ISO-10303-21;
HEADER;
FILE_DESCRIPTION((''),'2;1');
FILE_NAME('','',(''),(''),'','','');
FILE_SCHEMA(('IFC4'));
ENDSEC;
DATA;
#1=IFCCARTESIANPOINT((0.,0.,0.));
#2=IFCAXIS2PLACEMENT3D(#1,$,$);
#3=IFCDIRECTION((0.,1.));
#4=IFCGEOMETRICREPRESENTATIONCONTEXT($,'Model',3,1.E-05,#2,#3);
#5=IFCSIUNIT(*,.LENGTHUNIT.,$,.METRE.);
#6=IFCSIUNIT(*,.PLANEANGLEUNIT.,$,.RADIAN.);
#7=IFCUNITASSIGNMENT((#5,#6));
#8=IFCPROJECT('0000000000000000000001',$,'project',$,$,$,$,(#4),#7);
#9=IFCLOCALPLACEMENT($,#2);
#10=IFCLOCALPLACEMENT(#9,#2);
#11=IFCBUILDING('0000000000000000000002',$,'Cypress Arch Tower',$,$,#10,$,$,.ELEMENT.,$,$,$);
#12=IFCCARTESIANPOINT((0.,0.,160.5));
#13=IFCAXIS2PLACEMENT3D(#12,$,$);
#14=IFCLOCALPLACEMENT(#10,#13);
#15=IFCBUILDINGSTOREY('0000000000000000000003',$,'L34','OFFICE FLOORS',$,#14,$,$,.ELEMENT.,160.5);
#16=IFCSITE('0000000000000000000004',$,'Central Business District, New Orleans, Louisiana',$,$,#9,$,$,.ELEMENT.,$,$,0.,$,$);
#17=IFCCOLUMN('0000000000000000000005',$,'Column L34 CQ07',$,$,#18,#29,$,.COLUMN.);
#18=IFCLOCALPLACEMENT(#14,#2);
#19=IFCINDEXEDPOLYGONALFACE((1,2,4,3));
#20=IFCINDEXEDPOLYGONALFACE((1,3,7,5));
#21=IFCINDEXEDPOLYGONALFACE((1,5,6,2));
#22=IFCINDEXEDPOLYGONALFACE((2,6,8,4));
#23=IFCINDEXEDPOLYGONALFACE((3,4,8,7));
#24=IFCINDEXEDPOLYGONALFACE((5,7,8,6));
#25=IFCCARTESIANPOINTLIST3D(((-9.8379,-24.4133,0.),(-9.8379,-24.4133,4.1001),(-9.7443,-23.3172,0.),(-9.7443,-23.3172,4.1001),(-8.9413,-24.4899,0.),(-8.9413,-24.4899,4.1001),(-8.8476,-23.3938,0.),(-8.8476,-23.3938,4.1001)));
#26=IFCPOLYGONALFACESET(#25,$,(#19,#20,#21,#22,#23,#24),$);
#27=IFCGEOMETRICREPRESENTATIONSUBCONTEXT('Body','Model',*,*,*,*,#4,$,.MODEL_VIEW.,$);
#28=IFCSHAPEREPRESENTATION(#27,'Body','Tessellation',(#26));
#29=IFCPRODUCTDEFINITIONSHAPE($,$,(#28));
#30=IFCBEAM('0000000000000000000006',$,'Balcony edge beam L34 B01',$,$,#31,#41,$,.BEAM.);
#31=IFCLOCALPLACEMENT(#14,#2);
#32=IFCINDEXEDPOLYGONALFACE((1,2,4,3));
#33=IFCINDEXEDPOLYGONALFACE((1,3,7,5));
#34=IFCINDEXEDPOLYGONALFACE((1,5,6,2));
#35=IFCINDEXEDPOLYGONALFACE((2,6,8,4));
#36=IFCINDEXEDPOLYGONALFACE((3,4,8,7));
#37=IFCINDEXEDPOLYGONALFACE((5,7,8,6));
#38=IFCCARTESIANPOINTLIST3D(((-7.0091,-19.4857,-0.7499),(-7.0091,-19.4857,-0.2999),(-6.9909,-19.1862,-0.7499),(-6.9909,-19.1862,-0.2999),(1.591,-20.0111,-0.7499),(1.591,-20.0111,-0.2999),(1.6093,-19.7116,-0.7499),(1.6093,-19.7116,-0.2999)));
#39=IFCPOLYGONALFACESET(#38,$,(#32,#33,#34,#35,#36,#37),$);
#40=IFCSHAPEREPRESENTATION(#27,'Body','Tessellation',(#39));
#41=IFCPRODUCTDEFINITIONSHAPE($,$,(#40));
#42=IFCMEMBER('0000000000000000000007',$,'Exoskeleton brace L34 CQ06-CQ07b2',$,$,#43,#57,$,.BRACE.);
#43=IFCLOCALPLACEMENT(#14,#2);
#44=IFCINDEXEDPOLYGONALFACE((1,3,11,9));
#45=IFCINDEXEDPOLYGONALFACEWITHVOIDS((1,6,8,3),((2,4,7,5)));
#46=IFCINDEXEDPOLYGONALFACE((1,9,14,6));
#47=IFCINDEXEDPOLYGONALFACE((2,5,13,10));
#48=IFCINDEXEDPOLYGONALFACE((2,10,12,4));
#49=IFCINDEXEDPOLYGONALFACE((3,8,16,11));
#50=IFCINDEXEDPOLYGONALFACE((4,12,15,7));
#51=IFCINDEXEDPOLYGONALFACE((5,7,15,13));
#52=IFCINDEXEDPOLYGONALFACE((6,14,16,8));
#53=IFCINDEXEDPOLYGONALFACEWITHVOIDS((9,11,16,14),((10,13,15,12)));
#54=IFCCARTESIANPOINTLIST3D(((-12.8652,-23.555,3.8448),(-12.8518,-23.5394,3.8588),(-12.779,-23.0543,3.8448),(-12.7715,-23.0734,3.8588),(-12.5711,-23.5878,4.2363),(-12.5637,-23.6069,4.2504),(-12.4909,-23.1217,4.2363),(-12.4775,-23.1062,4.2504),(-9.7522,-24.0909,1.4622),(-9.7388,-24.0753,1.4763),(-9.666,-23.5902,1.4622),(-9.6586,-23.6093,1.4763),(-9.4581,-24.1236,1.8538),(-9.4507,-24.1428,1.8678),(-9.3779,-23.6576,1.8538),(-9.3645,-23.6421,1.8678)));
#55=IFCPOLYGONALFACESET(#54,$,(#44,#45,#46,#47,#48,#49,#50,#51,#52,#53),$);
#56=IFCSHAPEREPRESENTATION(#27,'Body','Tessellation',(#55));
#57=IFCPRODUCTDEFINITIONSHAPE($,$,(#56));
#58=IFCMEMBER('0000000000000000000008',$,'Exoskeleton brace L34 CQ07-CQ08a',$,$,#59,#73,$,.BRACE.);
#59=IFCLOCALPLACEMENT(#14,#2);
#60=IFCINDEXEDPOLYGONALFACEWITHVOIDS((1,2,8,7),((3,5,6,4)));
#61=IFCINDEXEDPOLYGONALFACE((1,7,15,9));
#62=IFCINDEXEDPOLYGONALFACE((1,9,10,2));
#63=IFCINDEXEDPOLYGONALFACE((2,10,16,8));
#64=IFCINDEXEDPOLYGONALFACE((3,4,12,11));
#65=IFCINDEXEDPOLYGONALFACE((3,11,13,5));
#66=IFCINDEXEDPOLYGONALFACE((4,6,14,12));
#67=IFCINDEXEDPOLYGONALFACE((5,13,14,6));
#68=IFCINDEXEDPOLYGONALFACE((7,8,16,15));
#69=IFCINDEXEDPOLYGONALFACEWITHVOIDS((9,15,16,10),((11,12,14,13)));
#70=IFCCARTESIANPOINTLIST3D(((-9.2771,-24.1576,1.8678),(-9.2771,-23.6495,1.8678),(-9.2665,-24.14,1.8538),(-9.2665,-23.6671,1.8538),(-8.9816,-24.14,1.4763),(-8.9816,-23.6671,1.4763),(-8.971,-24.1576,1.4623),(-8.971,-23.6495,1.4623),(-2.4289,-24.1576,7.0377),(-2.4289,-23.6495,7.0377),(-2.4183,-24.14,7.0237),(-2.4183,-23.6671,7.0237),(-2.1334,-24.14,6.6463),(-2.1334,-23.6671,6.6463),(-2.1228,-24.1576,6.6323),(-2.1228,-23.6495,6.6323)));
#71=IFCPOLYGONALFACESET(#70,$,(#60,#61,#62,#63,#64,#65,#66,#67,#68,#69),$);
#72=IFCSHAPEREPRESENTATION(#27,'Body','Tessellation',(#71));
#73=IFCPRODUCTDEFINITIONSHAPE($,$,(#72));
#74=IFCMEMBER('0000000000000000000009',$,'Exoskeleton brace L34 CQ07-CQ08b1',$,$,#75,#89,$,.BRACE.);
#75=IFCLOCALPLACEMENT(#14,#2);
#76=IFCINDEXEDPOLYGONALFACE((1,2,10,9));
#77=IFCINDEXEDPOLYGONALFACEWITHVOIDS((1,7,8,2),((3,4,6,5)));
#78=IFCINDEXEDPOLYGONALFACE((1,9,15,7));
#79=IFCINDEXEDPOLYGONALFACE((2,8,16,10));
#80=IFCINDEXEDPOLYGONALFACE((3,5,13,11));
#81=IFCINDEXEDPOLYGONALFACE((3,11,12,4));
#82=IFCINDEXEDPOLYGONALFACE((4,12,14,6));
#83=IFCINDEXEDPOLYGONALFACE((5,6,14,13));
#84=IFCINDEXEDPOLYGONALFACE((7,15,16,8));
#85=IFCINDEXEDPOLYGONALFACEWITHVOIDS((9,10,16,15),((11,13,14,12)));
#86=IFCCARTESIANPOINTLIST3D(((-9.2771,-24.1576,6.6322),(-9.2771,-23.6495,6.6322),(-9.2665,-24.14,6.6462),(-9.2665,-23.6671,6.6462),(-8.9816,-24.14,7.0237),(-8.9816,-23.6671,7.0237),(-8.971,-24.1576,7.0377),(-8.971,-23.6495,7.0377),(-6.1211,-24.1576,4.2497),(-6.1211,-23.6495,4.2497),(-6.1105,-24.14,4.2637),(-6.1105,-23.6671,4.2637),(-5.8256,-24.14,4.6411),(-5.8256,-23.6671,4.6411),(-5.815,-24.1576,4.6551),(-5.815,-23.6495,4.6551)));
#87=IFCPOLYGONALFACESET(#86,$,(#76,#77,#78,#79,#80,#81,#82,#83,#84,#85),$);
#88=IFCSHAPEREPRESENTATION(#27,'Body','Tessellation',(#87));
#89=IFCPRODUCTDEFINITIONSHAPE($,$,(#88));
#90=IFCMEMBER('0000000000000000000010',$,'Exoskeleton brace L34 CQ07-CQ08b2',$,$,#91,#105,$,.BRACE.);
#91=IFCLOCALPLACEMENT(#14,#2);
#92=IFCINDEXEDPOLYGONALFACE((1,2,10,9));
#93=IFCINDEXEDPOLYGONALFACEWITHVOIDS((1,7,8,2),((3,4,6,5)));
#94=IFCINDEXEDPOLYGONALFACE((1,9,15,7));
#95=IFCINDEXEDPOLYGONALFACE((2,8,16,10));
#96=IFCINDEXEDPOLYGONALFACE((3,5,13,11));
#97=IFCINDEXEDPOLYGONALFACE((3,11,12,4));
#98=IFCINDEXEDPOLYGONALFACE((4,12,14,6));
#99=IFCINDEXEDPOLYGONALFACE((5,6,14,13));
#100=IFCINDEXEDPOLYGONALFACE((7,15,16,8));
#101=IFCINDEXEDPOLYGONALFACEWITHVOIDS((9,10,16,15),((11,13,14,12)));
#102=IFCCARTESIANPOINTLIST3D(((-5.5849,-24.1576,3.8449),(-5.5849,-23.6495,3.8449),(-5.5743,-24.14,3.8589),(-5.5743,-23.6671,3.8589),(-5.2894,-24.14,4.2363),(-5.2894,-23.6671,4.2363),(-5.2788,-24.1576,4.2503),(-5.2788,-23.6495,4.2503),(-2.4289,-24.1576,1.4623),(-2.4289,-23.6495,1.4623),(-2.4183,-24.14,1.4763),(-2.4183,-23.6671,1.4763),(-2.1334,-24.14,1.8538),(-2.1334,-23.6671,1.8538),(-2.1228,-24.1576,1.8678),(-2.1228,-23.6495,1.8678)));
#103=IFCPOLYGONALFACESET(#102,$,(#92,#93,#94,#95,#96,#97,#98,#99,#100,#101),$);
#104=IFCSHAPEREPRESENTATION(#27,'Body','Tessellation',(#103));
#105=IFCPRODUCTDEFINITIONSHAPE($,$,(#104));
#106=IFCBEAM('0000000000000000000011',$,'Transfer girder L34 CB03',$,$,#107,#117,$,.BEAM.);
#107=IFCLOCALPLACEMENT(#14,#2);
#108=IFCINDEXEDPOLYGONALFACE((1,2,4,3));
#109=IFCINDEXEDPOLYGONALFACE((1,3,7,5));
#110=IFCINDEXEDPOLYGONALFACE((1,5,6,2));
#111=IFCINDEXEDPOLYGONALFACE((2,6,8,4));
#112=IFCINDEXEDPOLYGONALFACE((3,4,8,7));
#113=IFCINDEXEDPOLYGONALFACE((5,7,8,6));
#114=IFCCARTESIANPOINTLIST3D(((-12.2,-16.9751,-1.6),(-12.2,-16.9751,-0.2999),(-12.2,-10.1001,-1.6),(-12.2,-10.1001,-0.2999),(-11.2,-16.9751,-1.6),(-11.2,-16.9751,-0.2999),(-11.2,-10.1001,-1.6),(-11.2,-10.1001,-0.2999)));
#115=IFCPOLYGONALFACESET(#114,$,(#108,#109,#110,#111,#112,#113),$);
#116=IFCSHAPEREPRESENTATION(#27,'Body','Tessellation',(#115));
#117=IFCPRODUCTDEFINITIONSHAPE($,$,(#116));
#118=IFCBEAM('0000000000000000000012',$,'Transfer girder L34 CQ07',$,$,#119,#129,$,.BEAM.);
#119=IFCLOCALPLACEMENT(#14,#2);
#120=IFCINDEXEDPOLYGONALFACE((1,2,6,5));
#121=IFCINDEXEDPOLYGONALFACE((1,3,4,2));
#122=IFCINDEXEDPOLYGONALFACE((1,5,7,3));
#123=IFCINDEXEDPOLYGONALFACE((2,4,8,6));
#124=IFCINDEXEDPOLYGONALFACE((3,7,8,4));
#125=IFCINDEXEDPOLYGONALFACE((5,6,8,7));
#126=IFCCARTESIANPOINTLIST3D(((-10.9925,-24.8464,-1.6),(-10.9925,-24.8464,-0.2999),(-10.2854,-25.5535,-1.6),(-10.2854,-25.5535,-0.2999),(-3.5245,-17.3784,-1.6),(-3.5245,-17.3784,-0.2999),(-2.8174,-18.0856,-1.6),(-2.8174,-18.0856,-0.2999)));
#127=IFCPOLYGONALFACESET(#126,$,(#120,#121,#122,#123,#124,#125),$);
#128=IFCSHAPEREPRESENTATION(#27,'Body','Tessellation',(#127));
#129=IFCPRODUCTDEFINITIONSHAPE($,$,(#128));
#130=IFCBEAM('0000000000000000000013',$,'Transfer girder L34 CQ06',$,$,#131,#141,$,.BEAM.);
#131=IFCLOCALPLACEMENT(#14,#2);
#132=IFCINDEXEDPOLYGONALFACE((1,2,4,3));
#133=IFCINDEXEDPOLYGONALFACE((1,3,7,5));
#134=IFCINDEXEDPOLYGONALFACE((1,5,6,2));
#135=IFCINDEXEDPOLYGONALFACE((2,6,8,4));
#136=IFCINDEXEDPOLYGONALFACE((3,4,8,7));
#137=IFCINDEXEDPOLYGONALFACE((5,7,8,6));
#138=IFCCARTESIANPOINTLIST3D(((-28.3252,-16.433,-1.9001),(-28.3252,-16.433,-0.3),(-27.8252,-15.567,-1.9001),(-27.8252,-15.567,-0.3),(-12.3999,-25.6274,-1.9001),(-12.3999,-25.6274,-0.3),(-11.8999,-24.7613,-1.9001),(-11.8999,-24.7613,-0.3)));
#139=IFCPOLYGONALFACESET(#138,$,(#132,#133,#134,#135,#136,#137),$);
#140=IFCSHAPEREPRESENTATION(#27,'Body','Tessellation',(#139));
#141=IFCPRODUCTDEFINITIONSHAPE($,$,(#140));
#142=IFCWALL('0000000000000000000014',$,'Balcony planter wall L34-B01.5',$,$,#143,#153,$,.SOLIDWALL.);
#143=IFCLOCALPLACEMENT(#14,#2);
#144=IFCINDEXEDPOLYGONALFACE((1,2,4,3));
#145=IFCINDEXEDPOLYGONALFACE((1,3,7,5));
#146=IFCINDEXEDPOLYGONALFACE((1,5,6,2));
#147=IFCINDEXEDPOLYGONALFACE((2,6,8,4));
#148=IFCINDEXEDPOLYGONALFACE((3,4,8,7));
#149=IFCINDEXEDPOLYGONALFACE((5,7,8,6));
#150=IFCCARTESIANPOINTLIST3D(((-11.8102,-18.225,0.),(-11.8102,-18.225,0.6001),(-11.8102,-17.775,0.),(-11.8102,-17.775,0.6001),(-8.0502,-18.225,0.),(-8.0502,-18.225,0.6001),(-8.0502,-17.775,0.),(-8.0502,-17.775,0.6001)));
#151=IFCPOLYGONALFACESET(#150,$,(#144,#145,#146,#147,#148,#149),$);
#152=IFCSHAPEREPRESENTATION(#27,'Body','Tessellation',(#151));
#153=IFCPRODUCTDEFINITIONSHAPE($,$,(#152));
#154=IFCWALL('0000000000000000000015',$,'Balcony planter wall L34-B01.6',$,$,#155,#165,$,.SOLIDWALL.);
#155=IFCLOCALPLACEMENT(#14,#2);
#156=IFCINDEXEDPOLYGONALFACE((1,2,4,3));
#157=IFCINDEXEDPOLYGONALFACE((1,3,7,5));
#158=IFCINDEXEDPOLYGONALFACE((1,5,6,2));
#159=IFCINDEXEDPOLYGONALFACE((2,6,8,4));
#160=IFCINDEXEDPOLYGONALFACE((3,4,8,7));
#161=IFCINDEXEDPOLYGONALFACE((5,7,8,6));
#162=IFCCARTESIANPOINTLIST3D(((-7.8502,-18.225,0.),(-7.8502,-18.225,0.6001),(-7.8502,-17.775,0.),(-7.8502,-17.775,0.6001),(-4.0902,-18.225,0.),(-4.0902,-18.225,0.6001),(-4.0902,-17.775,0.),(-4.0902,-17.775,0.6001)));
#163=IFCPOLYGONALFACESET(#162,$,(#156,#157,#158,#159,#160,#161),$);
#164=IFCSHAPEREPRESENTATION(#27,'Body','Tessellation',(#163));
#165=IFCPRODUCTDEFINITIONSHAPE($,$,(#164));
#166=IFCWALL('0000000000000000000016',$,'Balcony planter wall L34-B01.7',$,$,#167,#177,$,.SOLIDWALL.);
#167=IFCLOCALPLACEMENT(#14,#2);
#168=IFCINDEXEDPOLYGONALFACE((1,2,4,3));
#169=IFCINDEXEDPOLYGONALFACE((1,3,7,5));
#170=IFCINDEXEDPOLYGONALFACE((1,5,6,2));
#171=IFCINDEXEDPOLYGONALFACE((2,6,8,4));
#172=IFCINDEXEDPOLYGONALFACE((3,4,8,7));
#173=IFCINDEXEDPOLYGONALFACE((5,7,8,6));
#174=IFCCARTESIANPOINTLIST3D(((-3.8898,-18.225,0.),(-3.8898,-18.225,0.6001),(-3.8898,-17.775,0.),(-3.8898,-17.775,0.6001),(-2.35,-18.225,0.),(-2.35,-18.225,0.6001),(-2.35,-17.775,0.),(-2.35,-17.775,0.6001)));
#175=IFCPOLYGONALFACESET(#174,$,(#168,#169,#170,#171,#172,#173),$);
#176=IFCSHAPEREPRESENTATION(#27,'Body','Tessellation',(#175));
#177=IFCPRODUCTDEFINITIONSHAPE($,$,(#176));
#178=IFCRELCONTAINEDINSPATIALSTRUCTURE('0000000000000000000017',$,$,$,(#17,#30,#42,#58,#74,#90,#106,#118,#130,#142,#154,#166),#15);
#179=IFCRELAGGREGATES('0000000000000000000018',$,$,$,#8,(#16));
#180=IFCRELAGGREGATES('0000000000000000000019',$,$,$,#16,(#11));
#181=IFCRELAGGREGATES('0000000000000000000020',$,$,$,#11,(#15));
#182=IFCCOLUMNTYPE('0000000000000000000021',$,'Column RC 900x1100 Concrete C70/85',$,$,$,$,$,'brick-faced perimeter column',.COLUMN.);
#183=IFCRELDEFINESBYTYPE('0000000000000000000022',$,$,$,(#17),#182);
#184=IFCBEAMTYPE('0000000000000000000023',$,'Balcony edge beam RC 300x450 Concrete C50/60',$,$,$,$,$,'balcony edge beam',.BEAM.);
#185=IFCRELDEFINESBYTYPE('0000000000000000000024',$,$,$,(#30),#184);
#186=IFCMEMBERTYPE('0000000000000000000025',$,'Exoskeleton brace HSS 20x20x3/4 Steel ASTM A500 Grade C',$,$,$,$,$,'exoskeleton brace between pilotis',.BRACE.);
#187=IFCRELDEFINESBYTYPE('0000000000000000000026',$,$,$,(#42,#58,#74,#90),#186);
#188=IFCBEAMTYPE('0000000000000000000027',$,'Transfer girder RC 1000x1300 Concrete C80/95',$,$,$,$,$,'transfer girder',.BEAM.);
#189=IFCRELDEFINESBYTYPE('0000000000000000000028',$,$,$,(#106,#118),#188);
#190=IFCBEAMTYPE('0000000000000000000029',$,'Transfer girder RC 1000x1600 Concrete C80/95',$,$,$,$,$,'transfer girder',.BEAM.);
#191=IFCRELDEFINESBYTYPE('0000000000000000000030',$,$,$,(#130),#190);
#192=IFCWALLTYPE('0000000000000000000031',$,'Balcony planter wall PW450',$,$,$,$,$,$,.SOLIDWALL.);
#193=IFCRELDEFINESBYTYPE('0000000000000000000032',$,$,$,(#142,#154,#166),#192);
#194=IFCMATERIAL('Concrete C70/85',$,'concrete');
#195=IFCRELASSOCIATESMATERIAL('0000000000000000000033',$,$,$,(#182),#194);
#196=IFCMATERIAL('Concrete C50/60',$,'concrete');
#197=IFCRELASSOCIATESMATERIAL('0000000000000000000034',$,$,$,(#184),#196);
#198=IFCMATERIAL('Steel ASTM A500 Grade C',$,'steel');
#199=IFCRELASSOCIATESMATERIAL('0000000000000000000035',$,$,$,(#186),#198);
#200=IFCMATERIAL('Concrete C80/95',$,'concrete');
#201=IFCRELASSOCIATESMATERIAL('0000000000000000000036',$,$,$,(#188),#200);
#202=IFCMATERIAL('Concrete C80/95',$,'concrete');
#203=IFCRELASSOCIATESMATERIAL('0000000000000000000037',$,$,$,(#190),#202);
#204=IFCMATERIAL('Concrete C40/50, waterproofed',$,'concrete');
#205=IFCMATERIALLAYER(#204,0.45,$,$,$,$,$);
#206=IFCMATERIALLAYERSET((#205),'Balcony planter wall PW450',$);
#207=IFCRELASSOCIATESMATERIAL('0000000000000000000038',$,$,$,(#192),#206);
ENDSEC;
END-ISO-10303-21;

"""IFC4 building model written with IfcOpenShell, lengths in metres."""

from ifc_helpers import new_model, si_unit, direction, frame, frame_2d, origin, origin_2d, place, context, subcontext, project, spatial, rectangle, hollow_rectangle, extrude, material, layer, layer_set, material_profile, profile_set, type_object, element, save


model = new_model("IFC4")

# Units and contexts
model_context = context("Model", 3, precision=1e-05, world=origin(), true_north=direction((0.0, 1.0)))
body_context = subcontext(model_context, "Body", "Model", "MODEL_VIEW")
ifc_project = project(units=[si_unit("LENGTHUNIT", "METRE"), si_unit("PLANEANGLEUNIT", "RADIAN")], contexts=[model_context])

# Site, building, storey
site_placement = place(None, origin())
site = spatial("IfcSite", under=ifc_project, at=site_placement, Name="Central Business District, New Orleans, Louisiana", CompositionType="ELEMENT", RefElevation=0.0)
building_placement = place(site_placement, origin())
building = spatial("IfcBuilding", under=site, at=building_placement, Name="Cypress Arch Tower", CompositionType="ELEMENT")
storey_placement = place(building_placement, frame((0.0, 0.0, 160.5)))
storey = spatial("IfcBuildingStorey", under=building, at=storey_placement, Name="L34", Description="OFFICE FLOORS", CompositionType="ELEMENT", Elevation=160.5)

# Column
ifc_material_1 = material(Name="Concrete C70/85", Category="concrete")
ifc_material_profile_1 = material_profile(ifc_material_1, rectangle(XDim=0.8999, YDim=1.1001, at=origin_2d()), Name="RC 900x1100")
ifc_profile_set_1 = profile_set([ifc_material_profile_1], Name="Concrete C70/85")
column_type = type_object("IfcColumnType", Name="Column RC 900x1100 Concrete C70/85", ElementType="brick-faced perimeter column", PredefinedType="COLUMN", material=ifc_profile_set_1)
column_placement = place(storey_placement, frame((-9.3428, -23.9036, 0.0), z_axis=(0.0, 0.0, 1.0), x_axis=(0.996368, -0.085149, 0.0)))
element("IfcColumn", 1, at=column_placement, inside=storey, type_object=column_type, Name="Column L34 CQ07", PredefinedType="COLUMN", context=body_context, shape_type="SweptSolid", body=[
    extrude(rectangle(XDim=0.8999, YDim=1.1001, at=origin_2d()), origin(), (0.0, 0.0, 1.0), 4.1001),
])

# Beam
ifc_material_2 = material(Name="Concrete C50/60", Category="concrete")
ifc_material_profile_2 = material_profile(ifc_material_2, rectangle(XDim=0.3, YDim=0.45, at=origin_2d()), Name="RC 300x450")
ifc_profile_set_2 = profile_set([ifc_material_profile_2], Name="Concrete C50/60")
beam_type_1 = type_object("IfcBeamType", Name="Balcony edge beam RC 300x450 Concrete C50/60", ElementType="balcony edge beam", PredefinedType="BEAM", material=ifc_profile_set_2)
beam_1_placement = place(storey_placement, frame((-7.0, -19.3359, -0.5249), z_axis=(0.998139, -0.060978, 0.0), x_axis=(0.060978, 0.998139, 0.0)))
element("IfcBeam", 2, at=beam_1_placement, inside=storey, type_object=beam_type_1, Name="Balcony edge beam L34 B01", PredefinedType="BEAM", context=body_context, shape_type="SweptSolid", body=[
    extrude(rectangle(XDim=0.3, YDim=0.45, at=origin_2d()), origin(), (0.0, 0.0, 1.0), 8.6162),
])

# Members
ifc_material_3 = material(Name="Steel ASTM A500 Grade C", Category="steel")
ifc_material_profile_3 = material_profile(ifc_material_3, hollow_rectangle(XDim=0.5081, YDim=0.5081, WallThickness=0.0176, at=origin_2d()), Name="HSS 20x20x3/4")
ifc_profile_set_3 = profile_set([ifc_material_profile_3], Name="Steel ASTM A500 Grade C")
member_type = type_object("IfcMemberType", Name="Exoskeleton brace HSS 20x20x3/4 Steel ASTM A500 Grade C", ElementType="exoskeleton brace between pilotis", PredefinedType="BRACE", material=ifc_profile_set_3)
member_1_placement = place(storey_placement, frame((-9.5583, -23.8665, 1.665), z_axis=(-0.786793, 0.135441, 0.602173), x_axis=(-0.169648, -0.985505, 0.0)))
element("IfcMember", 3, at=member_1_placement, inside=storey, type_object=member_type, Name="Exoskeleton brace L34 CQ06-CQ07b2", PredefinedType="BRACE", context=body_context, shape_type="SweptSolid", body=[
    extrude(hollow_rectangle(XDim=0.5081, YDim=0.5081, WallThickness=0.0176, at=origin_2d()), origin(), (0.0, 0.0, 1.0), 3.9565),
])
member_2_placement = place(storey_placement, frame((-9.124, -23.9036, 1.665), z_axis=(0.798104, 0.0, 0.602519), x_axis=(0.0, 1.0, 0.0)))
element("IfcMember", 4, at=member_2_placement, inside=storey, type_object=member_type, Name="Exoskeleton brace L34 CQ07-CQ08a", PredefinedType="BRACE", context=body_context, shape_type="SweptSolid", body=[
    extrude(hollow_rectangle(XDim=0.5081, YDim=0.5081, WallThickness=0.0176, at=origin_2d()), origin(), (0.0, 0.0, 1.0), 8.5806),
])
for number, where, z_axis, x_axis, name in (
    (5, (-9.124, -23.9036, 6.835), (0.798107, 0.0, -0.602516), (0.0, 1.0, 0.0), "Exoskeleton brace L34 CQ07-CQ08b1"),
    (6, (-2.2759, -23.9036, 1.665), (-0.798107, 0.0, 0.602516), (0.0, -1.0, 0.0), "Exoskeleton brace L34 CQ07-CQ08b2"),
):
    element("IfcMember", number, at=place(storey_placement, frame(where, z_axis=z_axis, x_axis=x_axis)), inside=storey, type_object=member_type, Name=name, PredefinedType="BRACE", context=body_context, shape_type="SweptSolid", body=[
        extrude(hollow_rectangle(XDim=0.5081, YDim=0.5081, WallThickness=0.0176, at=origin_2d()), origin(), (0.0, 0.0, 1.0), 3.9543),
    ])

# Beams
ifc_material_4 = material(Name="Concrete C80/95", Category="concrete")
ifc_material_profile_4 = material_profile(ifc_material_4, rectangle(XDim=1.0, YDim=1.3, at=origin_2d()), Name="RC 1000x1300")
ifc_profile_set_4 = profile_set([ifc_material_profile_4], Name="Concrete C80/95")
beam_type_2 = type_object("IfcBeamType", Name="Transfer girder RC 1000x1300 Concrete C80/95", ElementType="transfer girder", PredefinedType="BEAM", material=ifc_profile_set_4)
beam_2_placement = place(storey_placement, frame((-11.7, -16.9751, -0.95), z_axis=(0.0, 1.0, 0.0), x_axis=(-1.0, 0.0, 0.0)))
element("IfcBeam", 7, at=beam_2_placement, inside=storey, type_object=beam_type_2, Name="Transfer girder L34 CB03", PredefinedType="BEAM", context=body_context, shape_type="SweptSolid", body=[
    extrude(rectangle(XDim=1.0, YDim=1.3, at=origin_2d()), origin(), (0.0, 0.0, 1.0), 6.875),
])
beam_3_placement = place(storey_placement, frame((-10.6389, -25.2, -0.95), z_axis=(0.707107, 0.707107, 0.0), x_axis=(-0.707107, 0.707107, 0.0)))
element("IfcBeam", 8, at=beam_3_placement, inside=storey, type_object=beam_type_2, Name="Transfer girder L34 CQ07", PredefinedType="BEAM", context=body_context, shape_type="SweptSolid", body=[
    extrude(rectangle(XDim=1.0, YDim=1.3, at=origin_2d()), origin(), (0.0, 0.0, 1.0), 10.5613),
])
ifc_material_5 = material(Name="Concrete C80/95", Category="concrete")
ifc_material_profile_5 = material_profile(ifc_material_5, rectangle(XDim=1.0, YDim=1.6001, at=origin_2d()), Name="RC 1000x1600")
ifc_profile_set_5 = profile_set([ifc_material_profile_5], Name="Concrete C80/95")
beam_type_3 = type_object("IfcBeamType", Name="Transfer girder RC 1000x1600 Concrete C80/95", ElementType="transfer girder", PredefinedType="BEAM", material=ifc_profile_set_5)
beam_4_placement = place(storey_placement, frame((-12.1499, -25.1943, -1.1001), z_axis=(-0.866029, 0.499994, 0.0), x_axis=(-0.499994, -0.866029, 0.0)))
element("IfcBeam", 9, at=beam_4_placement, inside=storey, type_object=beam_type_3, Name="Transfer girder L34 CQ06", PredefinedType="BEAM", context=body_context, shape_type="SweptSolid", body=[
    extrude(rectangle(XDim=1.0, YDim=1.6001, at=origin_2d()), origin(), (0.0, 0.0, 1.0), 18.3889),
])

# Walls
ifc_material_6 = material(Name="Concrete C40/50, waterproofed", Category="concrete")
ifc_layer = layer(ifc_material_6, 0.45)
ifc_layer_set = layer_set([ifc_layer], Name="Balcony planter wall PW450")
wall_type = type_object("IfcWallType", Name="Balcony planter wall PW450", PredefinedType="SOLIDWALL", material=ifc_layer_set)
for number, where, z_axis, x_axis, name in (
    (10, (-11.8101, -18.0, 0.0), (0.0, 0.0, 1.0), (1.0, 0.0, 0.0), "Balcony planter wall L34-B01.5"),
    (11, (-7.8501, -18.0, 0.0), (0.0, 0.0, 1.0), (1.0, 0.0, 0.0), "Balcony planter wall L34-B01.6"),
):
    element("IfcWall", number, at=place(storey_placement, frame(where, z_axis=z_axis, x_axis=x_axis)), inside=storey, type_object=wall_type, Name=name, PredefinedType="SOLIDWALL", context=body_context, shape_type="SweptSolid", body=[
        extrude(rectangle(XDim=3.76, YDim=0.45, at=frame_2d((1.8799, 0.0))), origin(), (0.0, 0.0, 1.0), 0.6001),
    ])
wall_placement = place(storey_placement, frame((-3.8899, -18.0, 0.0), z_axis=(0.0, 0.0, 1.0), x_axis=(1.0, 0.0, 0.0)))
element("IfcWall", 12, at=wall_placement, inside=storey, type_object=wall_type, Name="Balcony planter wall L34-B01.7", PredefinedType="SOLIDWALL", context=body_context, shape_type="SweptSolid", body=[
    extrude(rectangle(XDim=1.5398, YDim=0.45, at=frame_2d((0.77, 0.0))), origin(), (0.0, 0.0, 1.0), 0.6001),
])

save(model, "model.ifc")
